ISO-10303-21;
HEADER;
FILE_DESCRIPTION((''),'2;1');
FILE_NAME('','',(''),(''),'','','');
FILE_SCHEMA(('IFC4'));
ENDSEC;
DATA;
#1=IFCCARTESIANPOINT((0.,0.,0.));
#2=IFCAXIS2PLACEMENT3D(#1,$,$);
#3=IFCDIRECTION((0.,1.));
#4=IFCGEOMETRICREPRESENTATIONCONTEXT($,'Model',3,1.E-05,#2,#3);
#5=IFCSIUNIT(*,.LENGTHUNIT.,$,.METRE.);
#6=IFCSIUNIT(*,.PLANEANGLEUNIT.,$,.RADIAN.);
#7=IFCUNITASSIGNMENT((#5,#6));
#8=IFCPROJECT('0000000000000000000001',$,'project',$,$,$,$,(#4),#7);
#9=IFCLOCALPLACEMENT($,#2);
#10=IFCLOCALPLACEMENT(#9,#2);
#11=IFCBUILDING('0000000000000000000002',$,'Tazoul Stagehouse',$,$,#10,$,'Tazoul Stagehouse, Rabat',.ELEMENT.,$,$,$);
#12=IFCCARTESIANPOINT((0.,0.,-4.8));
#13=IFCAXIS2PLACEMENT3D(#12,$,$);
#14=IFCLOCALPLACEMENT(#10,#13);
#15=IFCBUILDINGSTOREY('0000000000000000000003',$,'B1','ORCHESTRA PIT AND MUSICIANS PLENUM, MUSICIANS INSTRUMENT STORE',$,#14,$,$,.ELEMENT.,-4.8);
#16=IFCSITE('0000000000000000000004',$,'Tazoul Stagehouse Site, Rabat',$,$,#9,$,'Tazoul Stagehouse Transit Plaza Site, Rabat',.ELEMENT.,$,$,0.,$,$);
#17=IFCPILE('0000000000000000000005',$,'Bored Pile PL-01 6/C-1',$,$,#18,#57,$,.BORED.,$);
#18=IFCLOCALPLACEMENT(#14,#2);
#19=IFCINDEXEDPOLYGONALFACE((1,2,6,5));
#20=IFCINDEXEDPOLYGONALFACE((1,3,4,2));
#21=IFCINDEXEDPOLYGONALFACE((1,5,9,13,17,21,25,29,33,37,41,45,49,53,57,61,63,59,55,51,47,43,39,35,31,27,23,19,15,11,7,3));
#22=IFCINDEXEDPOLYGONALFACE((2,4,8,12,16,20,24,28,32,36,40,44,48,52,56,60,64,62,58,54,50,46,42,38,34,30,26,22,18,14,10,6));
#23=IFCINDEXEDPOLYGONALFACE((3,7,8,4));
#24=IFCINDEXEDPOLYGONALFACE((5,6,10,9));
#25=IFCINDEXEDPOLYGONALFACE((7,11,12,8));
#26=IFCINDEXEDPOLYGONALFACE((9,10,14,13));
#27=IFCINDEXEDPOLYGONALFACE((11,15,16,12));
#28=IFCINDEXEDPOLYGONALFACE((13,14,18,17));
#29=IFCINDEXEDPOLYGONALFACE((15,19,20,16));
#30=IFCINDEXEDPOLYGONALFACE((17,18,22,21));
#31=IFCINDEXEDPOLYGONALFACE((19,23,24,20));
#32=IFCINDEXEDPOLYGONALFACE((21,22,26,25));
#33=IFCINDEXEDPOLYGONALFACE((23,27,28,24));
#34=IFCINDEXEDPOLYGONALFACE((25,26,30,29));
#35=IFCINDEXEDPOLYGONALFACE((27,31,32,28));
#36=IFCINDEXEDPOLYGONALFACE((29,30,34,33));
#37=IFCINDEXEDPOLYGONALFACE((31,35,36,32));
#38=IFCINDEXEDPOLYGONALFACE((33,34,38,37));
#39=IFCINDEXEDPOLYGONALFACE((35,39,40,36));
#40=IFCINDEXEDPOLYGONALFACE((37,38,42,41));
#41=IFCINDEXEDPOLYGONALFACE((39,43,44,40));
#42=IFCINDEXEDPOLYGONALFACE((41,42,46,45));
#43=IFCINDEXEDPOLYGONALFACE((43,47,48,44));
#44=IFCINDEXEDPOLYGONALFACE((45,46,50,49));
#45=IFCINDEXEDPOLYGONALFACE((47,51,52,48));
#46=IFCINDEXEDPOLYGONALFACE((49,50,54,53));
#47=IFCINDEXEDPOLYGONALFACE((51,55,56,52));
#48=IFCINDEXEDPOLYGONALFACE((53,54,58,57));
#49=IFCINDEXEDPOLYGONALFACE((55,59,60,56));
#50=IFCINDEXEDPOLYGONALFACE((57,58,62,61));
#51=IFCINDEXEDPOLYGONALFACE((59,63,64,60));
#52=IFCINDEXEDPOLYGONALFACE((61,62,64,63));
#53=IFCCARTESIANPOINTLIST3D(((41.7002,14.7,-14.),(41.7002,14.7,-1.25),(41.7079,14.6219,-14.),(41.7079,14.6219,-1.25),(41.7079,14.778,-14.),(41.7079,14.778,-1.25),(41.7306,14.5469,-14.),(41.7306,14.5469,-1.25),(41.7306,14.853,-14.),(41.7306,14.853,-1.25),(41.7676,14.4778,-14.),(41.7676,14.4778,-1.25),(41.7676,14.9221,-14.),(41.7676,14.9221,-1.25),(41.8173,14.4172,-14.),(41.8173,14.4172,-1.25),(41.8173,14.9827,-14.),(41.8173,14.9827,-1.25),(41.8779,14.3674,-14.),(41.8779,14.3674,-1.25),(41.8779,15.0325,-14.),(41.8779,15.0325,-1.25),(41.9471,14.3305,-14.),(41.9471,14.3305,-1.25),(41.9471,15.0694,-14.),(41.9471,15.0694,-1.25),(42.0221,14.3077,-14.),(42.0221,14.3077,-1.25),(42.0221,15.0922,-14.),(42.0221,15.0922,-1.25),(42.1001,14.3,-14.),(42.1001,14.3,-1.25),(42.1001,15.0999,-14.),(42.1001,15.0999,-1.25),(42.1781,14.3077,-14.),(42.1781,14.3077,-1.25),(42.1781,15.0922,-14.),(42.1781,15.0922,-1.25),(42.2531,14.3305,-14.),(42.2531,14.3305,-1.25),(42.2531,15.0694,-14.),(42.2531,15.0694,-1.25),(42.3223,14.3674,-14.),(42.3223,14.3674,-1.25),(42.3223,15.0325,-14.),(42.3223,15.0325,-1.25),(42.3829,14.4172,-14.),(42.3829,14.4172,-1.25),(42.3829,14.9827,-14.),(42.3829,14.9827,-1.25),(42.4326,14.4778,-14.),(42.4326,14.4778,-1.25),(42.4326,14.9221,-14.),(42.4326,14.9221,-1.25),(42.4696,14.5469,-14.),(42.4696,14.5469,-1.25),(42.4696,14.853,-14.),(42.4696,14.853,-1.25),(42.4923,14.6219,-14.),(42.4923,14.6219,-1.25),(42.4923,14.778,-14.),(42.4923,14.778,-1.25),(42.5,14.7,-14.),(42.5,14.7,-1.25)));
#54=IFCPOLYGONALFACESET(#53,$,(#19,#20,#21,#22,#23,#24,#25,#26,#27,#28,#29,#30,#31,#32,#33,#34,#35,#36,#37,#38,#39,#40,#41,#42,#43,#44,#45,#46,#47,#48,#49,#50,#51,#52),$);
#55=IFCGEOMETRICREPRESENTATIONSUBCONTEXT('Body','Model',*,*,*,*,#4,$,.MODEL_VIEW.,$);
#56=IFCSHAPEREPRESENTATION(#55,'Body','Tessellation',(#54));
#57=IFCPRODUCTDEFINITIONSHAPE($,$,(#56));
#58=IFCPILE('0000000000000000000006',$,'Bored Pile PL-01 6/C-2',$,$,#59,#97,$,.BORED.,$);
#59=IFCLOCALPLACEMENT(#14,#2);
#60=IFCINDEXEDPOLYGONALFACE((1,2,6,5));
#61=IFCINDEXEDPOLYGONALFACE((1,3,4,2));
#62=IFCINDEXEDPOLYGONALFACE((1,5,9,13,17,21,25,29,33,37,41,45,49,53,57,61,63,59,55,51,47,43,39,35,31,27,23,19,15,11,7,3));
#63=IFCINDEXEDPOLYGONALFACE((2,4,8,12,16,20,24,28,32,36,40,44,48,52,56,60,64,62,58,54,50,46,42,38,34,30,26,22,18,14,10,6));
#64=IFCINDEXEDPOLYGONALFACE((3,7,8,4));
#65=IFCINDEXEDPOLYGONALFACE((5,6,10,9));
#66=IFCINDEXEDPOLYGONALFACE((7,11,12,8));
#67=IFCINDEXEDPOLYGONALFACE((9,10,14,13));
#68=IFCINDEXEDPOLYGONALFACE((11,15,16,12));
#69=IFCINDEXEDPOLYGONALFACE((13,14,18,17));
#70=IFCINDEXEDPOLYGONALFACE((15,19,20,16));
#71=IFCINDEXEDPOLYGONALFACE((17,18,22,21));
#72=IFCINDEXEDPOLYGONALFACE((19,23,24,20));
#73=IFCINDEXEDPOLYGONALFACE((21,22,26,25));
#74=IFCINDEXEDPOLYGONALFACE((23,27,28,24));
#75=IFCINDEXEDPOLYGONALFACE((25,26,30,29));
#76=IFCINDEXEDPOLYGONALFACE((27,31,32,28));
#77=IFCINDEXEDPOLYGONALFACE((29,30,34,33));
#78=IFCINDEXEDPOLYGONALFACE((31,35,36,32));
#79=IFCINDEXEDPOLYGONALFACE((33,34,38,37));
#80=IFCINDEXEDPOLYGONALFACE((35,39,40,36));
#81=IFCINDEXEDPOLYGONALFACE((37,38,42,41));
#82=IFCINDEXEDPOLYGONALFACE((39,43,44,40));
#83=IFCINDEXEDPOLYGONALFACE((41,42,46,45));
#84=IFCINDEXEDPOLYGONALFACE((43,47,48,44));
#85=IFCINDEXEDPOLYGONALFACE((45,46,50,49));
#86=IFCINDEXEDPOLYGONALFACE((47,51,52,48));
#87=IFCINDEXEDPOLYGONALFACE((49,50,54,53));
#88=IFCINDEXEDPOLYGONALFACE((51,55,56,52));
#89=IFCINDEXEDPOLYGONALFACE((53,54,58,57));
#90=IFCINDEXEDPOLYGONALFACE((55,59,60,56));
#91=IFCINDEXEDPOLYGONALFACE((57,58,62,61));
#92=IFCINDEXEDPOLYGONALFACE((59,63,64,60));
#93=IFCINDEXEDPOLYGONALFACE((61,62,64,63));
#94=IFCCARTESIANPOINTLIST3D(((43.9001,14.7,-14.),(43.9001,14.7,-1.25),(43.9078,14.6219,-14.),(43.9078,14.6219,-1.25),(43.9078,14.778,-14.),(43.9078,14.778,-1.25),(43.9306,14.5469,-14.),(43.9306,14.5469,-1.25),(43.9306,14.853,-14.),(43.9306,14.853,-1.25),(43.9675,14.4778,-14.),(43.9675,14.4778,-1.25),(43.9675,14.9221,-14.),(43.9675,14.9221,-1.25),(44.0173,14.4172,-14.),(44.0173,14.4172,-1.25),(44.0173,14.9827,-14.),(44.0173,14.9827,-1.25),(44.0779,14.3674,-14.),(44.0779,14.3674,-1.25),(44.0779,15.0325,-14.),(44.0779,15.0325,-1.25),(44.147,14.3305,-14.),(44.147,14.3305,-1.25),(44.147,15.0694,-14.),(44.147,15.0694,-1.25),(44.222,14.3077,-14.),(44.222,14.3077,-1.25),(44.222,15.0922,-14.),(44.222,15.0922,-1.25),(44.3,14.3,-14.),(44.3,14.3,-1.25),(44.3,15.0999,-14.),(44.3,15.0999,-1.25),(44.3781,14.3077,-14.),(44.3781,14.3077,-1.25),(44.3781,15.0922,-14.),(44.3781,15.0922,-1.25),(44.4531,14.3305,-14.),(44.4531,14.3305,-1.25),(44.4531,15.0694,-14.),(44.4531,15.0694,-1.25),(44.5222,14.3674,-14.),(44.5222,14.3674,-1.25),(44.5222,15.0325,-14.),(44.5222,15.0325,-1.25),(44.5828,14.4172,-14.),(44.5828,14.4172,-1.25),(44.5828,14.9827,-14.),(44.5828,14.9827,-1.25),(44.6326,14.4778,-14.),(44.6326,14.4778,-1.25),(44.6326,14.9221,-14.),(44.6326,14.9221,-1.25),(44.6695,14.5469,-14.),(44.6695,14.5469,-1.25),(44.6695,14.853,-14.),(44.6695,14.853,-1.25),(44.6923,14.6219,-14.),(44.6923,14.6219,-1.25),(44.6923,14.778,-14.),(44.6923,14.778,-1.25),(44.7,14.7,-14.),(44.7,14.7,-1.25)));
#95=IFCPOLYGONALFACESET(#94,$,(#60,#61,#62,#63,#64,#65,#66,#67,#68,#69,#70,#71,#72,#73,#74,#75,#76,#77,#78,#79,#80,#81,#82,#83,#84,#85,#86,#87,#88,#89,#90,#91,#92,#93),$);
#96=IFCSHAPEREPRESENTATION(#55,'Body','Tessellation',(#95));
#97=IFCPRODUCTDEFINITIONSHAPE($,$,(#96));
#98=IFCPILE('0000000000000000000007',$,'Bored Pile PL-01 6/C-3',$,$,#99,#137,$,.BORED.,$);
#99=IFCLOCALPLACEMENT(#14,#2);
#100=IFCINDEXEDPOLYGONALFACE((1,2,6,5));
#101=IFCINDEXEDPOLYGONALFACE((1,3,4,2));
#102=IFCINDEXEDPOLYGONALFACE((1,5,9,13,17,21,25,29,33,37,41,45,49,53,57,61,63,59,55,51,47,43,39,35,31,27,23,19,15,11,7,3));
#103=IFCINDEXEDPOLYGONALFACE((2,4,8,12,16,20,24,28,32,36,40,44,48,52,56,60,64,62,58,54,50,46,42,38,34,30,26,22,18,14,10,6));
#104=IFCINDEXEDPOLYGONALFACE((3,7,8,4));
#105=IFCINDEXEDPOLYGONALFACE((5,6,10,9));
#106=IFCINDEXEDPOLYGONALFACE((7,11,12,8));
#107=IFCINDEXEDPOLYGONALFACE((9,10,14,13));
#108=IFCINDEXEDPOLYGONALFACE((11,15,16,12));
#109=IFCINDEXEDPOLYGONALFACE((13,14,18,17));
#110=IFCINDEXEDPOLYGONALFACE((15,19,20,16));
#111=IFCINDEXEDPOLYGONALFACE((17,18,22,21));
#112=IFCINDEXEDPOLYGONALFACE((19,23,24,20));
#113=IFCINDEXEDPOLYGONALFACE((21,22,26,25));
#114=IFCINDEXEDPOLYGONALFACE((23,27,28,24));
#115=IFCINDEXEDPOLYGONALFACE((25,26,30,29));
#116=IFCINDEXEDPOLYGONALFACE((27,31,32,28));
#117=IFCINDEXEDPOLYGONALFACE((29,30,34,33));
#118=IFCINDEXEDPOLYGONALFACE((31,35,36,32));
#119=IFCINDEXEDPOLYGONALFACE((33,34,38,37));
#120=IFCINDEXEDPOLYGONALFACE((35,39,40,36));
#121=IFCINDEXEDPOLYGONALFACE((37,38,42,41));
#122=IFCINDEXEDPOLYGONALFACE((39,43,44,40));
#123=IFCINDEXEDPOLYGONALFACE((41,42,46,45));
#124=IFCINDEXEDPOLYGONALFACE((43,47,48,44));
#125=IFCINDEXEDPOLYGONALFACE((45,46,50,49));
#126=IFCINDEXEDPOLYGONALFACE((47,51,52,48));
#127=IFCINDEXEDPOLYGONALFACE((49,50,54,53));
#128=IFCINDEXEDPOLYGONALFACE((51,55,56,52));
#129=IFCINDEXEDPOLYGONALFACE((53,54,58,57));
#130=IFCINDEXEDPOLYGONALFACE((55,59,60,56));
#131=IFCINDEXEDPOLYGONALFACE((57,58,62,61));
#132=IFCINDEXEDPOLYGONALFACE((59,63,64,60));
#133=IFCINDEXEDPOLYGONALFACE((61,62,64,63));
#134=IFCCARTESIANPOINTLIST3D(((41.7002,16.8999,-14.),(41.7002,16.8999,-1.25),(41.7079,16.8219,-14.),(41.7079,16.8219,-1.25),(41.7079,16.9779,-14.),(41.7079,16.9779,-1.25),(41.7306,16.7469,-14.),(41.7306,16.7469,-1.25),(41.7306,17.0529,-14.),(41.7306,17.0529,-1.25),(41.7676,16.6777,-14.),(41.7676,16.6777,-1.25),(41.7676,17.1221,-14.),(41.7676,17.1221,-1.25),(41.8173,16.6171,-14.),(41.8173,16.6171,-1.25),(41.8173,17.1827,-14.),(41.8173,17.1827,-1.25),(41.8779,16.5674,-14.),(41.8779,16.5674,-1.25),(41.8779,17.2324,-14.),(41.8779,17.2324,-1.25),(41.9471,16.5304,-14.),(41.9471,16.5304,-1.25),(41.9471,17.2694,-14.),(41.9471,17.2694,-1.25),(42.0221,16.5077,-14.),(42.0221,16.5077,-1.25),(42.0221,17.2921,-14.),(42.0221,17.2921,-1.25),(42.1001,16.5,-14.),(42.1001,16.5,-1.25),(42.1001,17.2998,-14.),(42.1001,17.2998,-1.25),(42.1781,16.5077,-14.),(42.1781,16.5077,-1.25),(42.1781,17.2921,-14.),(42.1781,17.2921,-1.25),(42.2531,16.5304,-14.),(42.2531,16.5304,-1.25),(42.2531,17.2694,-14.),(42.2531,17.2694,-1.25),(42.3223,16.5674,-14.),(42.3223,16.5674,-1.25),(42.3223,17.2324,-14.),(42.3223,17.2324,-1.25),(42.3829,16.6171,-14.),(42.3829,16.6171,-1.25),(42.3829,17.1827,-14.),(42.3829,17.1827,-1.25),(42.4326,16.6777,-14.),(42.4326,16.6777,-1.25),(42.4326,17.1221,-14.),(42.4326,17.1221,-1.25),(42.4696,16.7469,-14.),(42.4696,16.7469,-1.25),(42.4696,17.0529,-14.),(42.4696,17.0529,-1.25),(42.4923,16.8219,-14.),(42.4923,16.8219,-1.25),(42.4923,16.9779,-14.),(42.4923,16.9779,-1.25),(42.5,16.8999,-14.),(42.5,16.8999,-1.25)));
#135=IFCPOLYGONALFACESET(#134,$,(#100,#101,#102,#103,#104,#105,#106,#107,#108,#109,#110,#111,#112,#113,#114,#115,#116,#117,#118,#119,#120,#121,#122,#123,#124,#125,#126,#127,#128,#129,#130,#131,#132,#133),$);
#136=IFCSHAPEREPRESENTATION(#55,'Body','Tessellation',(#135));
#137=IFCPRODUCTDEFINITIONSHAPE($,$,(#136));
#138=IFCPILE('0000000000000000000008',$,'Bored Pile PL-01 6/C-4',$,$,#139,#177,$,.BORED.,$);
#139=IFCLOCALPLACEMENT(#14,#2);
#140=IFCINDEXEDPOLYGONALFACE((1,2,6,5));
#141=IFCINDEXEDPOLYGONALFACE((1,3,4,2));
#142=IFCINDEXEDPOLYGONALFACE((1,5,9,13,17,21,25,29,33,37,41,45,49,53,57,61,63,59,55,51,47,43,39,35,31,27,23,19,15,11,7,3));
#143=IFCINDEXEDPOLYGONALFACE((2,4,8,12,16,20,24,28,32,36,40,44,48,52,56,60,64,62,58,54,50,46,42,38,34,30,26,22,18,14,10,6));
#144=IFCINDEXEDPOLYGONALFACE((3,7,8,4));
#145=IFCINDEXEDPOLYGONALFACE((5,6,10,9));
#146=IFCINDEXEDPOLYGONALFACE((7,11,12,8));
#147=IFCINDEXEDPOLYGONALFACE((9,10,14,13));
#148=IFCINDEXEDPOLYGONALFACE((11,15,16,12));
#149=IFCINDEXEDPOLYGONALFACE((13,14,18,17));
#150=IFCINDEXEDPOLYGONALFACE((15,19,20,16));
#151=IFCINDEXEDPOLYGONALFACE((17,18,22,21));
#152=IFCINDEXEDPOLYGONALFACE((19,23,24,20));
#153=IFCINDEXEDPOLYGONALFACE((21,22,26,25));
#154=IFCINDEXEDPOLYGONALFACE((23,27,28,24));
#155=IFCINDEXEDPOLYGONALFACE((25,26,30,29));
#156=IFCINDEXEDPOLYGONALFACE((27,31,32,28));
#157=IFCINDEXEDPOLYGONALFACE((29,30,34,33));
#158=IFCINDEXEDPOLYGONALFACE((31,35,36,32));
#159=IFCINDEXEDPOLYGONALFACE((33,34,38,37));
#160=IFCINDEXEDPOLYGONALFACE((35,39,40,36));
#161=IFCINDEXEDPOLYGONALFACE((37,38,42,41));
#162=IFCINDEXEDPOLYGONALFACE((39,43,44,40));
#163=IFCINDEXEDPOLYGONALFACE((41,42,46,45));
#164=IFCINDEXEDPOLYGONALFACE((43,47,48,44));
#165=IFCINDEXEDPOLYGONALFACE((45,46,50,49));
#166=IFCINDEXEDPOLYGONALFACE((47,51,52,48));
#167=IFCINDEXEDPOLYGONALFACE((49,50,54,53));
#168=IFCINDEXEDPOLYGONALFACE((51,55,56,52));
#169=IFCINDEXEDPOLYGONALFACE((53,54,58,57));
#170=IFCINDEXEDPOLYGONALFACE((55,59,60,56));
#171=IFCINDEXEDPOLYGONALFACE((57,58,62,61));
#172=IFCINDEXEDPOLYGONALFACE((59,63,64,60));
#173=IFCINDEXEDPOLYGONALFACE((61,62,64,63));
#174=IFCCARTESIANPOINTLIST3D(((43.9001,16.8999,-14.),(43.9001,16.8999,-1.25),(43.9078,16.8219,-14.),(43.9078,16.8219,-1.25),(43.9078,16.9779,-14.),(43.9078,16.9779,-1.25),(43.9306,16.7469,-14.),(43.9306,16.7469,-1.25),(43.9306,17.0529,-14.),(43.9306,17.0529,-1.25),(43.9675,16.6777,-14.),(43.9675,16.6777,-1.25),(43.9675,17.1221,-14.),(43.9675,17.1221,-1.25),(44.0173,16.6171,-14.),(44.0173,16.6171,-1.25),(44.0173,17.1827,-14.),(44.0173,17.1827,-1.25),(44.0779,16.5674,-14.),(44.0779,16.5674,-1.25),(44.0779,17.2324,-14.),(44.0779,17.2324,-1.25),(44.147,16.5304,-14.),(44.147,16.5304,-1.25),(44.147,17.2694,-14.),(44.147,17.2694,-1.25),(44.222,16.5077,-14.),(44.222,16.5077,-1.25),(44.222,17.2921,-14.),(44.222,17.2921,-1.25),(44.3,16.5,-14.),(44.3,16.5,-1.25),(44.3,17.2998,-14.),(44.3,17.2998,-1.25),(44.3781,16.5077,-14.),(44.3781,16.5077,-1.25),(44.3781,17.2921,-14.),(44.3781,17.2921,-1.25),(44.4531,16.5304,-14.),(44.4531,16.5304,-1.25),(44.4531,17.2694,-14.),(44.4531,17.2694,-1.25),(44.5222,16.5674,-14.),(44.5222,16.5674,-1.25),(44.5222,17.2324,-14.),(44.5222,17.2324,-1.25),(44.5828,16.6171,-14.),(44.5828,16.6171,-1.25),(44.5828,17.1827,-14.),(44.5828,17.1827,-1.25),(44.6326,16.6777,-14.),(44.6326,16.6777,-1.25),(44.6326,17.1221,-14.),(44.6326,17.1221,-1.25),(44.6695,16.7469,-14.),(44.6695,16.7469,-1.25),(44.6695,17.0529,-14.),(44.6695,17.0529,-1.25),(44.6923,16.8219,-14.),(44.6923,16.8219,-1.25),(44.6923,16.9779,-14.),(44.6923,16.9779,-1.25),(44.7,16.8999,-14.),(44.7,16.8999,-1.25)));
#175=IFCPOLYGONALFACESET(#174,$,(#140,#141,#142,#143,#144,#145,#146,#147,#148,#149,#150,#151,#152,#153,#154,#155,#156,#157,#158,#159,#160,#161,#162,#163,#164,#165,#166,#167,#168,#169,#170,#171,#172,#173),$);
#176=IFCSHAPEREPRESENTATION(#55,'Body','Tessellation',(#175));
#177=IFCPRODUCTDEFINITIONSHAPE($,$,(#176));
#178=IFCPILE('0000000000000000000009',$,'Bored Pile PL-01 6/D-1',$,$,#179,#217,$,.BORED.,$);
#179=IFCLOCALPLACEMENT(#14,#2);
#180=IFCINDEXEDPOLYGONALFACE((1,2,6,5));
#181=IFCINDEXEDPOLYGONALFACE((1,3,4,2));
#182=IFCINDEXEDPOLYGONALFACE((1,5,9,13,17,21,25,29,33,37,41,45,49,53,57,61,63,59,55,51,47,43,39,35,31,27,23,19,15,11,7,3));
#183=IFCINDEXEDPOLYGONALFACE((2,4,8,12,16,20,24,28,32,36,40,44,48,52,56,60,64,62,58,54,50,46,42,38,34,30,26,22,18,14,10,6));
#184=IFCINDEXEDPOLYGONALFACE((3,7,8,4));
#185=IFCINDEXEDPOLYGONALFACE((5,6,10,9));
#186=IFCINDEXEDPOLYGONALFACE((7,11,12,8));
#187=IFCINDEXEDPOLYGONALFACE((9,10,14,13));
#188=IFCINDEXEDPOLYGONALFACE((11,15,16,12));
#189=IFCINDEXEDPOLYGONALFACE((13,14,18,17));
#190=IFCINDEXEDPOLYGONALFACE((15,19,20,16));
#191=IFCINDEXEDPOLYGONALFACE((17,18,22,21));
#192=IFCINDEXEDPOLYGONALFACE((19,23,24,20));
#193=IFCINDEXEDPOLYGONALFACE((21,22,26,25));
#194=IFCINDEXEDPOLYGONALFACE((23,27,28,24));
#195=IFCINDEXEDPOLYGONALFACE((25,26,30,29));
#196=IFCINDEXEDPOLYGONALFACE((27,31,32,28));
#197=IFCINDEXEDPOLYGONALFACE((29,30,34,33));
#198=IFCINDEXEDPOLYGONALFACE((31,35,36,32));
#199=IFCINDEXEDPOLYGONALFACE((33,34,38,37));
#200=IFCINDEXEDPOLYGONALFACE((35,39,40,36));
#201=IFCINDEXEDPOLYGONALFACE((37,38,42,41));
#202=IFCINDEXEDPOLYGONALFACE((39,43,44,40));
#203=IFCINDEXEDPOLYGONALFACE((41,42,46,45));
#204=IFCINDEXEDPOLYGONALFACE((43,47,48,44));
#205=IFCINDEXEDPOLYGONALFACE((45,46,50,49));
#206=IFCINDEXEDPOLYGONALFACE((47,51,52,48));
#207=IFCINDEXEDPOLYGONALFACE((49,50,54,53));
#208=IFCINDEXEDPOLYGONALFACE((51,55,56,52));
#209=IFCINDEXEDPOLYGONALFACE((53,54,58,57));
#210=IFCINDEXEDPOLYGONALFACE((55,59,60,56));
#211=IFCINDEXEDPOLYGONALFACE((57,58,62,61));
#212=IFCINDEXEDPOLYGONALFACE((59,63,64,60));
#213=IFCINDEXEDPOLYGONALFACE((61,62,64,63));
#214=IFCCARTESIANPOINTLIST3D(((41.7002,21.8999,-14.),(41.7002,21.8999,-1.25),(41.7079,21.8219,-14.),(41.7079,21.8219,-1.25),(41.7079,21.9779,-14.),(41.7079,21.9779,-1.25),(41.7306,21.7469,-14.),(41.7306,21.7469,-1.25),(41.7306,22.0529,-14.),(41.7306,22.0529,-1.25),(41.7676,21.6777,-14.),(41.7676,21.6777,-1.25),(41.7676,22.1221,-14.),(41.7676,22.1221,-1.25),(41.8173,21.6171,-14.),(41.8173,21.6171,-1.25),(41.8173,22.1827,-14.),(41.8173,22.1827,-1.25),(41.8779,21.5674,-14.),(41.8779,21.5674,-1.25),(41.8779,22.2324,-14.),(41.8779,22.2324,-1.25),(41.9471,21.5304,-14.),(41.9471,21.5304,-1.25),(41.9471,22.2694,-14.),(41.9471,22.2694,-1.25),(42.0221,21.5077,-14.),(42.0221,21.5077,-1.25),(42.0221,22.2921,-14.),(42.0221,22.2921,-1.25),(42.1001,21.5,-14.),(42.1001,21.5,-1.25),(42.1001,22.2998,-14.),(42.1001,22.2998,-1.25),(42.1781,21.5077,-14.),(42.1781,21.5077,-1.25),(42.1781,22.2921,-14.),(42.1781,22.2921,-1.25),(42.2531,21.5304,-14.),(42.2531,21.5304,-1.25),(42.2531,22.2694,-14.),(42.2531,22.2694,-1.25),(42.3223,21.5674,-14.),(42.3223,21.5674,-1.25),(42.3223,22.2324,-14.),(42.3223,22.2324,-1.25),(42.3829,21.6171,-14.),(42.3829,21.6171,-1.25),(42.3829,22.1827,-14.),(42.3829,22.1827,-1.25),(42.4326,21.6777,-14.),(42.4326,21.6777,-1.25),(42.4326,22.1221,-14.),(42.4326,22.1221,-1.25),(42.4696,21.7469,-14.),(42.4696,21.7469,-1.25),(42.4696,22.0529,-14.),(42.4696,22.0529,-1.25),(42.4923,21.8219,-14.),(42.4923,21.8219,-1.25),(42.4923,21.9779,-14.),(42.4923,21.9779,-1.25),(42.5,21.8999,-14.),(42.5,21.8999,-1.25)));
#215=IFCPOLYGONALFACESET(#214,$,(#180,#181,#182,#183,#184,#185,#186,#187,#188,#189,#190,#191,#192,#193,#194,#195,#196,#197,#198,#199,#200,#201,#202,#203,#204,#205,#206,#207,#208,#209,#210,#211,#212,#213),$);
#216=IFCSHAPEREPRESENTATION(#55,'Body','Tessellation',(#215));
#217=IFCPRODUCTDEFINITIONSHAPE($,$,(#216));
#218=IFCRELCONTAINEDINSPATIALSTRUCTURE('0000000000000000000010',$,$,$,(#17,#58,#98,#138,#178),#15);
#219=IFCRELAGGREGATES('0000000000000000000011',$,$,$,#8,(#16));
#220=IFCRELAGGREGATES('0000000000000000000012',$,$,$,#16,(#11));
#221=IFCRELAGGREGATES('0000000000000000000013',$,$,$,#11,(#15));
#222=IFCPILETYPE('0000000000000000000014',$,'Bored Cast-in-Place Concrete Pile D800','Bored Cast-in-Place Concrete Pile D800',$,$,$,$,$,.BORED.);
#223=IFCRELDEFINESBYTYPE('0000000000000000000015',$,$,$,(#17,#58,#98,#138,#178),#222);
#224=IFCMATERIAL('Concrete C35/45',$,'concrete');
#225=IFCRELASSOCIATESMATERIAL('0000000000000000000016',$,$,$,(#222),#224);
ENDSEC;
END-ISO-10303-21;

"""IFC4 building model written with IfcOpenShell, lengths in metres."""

from ifc_helpers import new_model, si_unit, direction, frame, origin, origin_2d, place, context, subcontext, project, spatial, circle, extrude, material, material_profile, profile_set, type_object, element, save


model = new_model("IFC4")

# Units and contexts
model_context = context("Model", 3, precision=1e-05, world=origin(), true_north=direction((0.0, 1.0)))
body_context = subcontext(model_context, "Body", "Model", "MODEL_VIEW")
ifc_project = project(units=[si_unit("LENGTHUNIT", "METRE"), si_unit("PLANEANGLEUNIT", "RADIAN")], contexts=[model_context])

# Site, building, storey
site_placement = place(None, origin())
site = spatial("IfcSite", under=ifc_project, at=site_placement, Name="Tazoul Stagehouse Site, Rabat", LongName="Tazoul Stagehouse Transit Plaza Site, Rabat", CompositionType="ELEMENT", RefElevation=0.0)
building_placement = place(site_placement, origin())
building = spatial("IfcBuilding", under=site, at=building_placement, Name="Tazoul Stagehouse", LongName="Tazoul Stagehouse, Rabat", CompositionType="ELEMENT")
storey_placement = place(building_placement, frame((0.0, 0.0, -4.8)))
storey = spatial("IfcBuildingStorey", under=building, at=storey_placement, Name="B1", Description="ORCHESTRA PIT AND MUSICIANS PLENUM, MUSICIANS INSTRUMENT STORE", CompositionType="ELEMENT", Elevation=-4.8)

# Piles
ifc_material_1 = material(Name="Concrete C35/45", Category="concrete")
ifc_material_profile_1 = material_profile(ifc_material_1, circle(Radius=0.3999, at=origin_2d()), Name="BORED PILE 800")
ifc_profile_set_1 = profile_set([ifc_material_profile_1], Name="Concrete C35/45")
pile_type = type_object("IfcPileType", Name="Bored Cast-in-Place Concrete Pile D800", Description="Bored Cast-in-Place Concrete Pile D800", PredefinedType="BORED", material=ifc_profile_set_1)
for number, where, z_axis, x_axis, name in (
    (1, (42.1001, 14.7, -1.25), (0.0, 0.0, -1.0), (1.0, 0.0, 0.0), "Bored Pile PL-01 6/C-1"),
    (2, (44.3, 14.7, -1.25), (0.0, 0.0, -1.0), (1.0, 0.0, 0.0), "Bored Pile PL-01 6/C-2"),
    (3, (42.1001, 16.8999, -1.25), (0.0, 0.0, -1.0), (1.0, 0.0, 0.0), "Bored Pile PL-01 6/C-3"),
    (4, (44.3, 16.8999, -1.25), (0.0, 0.0, -1.0), (1.0, 0.0, 0.0), "Bored Pile PL-01 6/C-4"),
    (5, (42.1001, 21.8999, -1.25), (0.0, 0.0, -1.0), (1.0, 0.0, 0.0), "Bored Pile PL-01 6/D-1"),
):
    element("IfcPile", number, at=place(storey_placement, frame(where, z_axis=z_axis, x_axis=x_axis)), inside=storey, type_object=pile_type, Name=name, PredefinedType="BORED", context=body_context, shape_type="SweptSolid", body=[
        extrude(circle(Radius=0.3999, at=origin_2d()), origin(), (0.0, 0.0, 1.0), 12.75),
    ])

save(model, "model.ifc")
